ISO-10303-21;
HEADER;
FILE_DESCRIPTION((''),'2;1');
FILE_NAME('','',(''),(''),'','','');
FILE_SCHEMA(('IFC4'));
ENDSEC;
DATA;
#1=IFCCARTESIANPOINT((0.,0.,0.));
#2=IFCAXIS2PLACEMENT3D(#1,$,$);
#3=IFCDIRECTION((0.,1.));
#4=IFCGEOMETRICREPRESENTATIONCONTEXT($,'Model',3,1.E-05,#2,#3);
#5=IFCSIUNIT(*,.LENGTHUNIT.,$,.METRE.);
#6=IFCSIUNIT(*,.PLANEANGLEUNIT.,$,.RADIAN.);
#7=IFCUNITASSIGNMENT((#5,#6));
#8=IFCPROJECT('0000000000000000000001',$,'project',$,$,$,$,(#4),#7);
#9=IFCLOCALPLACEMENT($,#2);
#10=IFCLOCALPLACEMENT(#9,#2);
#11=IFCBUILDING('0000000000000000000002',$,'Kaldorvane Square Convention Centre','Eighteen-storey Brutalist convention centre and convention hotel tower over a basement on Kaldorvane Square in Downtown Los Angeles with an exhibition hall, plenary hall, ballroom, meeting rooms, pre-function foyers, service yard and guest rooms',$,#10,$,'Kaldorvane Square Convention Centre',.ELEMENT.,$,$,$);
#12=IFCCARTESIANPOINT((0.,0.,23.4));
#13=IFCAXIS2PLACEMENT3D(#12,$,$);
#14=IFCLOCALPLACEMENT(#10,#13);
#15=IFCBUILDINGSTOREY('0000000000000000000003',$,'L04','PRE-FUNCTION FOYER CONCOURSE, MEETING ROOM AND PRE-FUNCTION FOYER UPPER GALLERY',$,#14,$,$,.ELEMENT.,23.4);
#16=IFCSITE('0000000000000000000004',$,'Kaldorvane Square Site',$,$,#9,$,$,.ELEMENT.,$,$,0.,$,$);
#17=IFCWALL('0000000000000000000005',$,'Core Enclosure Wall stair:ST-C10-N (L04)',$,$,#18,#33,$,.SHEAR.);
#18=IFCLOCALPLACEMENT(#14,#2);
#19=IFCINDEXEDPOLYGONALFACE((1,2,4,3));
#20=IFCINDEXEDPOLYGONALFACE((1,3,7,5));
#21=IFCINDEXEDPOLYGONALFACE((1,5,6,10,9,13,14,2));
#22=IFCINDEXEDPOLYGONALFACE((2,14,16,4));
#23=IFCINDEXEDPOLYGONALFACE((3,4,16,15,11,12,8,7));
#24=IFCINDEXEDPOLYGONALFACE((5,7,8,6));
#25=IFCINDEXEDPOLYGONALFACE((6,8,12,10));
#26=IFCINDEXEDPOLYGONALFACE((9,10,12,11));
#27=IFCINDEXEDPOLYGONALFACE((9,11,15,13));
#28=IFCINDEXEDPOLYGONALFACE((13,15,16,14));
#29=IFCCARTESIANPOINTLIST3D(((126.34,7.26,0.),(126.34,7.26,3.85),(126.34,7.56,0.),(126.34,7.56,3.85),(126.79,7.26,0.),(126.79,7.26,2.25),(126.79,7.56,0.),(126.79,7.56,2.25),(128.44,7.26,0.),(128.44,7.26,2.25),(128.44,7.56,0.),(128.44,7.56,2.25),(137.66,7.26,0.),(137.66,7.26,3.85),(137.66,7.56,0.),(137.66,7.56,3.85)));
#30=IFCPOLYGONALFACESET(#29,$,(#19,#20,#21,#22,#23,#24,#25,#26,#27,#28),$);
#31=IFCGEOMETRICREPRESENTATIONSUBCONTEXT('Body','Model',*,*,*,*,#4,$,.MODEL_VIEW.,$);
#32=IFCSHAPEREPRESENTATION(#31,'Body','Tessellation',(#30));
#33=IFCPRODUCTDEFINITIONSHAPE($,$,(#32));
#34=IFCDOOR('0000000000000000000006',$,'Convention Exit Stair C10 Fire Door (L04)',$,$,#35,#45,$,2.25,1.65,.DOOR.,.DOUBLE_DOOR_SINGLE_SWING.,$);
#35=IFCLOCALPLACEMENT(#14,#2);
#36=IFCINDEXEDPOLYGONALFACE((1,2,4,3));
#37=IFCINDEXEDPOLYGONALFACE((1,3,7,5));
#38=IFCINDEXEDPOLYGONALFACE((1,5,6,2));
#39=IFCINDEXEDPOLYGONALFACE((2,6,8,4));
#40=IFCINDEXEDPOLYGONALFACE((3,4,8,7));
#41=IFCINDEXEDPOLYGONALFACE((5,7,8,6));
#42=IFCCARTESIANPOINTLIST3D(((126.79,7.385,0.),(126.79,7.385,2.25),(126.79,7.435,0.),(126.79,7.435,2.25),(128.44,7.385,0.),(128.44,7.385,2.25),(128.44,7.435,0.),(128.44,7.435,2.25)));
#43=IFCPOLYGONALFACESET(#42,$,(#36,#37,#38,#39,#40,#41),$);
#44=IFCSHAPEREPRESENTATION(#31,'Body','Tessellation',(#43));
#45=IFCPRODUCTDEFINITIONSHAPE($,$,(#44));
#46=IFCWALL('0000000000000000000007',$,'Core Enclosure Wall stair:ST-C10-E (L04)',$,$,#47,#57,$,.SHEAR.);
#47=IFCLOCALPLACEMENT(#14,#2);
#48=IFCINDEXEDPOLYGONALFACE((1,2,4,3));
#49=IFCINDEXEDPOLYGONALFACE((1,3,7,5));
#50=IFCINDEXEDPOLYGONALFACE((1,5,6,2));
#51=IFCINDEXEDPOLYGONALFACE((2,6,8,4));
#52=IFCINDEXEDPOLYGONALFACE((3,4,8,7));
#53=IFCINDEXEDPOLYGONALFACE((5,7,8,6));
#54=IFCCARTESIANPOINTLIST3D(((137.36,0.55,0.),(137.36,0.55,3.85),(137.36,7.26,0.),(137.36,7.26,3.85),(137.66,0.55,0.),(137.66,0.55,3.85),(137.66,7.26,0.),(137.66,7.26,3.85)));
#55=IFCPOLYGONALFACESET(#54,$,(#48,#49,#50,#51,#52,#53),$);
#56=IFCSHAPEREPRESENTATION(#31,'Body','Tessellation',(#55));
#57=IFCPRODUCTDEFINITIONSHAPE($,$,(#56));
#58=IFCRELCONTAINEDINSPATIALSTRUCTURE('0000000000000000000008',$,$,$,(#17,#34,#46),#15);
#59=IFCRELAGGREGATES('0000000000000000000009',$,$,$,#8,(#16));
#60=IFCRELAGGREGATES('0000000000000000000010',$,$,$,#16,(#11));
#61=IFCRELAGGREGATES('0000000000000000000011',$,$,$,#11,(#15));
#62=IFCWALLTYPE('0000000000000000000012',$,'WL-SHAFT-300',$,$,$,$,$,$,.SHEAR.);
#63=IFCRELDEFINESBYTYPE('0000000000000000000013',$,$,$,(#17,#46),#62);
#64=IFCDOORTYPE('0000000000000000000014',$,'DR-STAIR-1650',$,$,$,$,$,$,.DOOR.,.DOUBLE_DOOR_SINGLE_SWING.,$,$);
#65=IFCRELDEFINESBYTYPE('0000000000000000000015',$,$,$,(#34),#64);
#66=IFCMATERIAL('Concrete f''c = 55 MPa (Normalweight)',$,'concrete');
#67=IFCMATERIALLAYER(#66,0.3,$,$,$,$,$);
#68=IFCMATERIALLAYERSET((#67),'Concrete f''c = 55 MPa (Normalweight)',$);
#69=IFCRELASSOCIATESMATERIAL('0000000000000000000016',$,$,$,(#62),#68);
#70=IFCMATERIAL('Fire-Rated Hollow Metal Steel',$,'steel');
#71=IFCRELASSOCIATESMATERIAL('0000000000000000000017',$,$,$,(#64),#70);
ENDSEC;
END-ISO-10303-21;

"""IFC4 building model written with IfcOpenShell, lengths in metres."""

from ifc_helpers import new_model, si_unit, direction, frame, frame_2d, origin, place, context, subcontext, project, spatial, rectangle, extrude, material, layer, layer_set, type_object, element, fill, save


model = new_model("IFC4")

# Units and contexts
model_context = context("Model", 3, precision=1e-05, world=origin(), true_north=direction((0.0, 1.0)))
body_context = subcontext(model_context, "Body", "Model", "MODEL_VIEW")
ifc_project = project(units=[si_unit("LENGTHUNIT", "METRE"), si_unit("PLANEANGLEUNIT", "RADIAN")], contexts=[model_context])

# Site, building, storey
site_placement = place(None, origin())
site = spatial("IfcSite", under=ifc_project, at=site_placement, Name="Kaldorvane Square Site", CompositionType="ELEMENT", RefElevation=0.0)
building_placement = place(site_placement, origin())
building = spatial("IfcBuilding", under=site, at=building_placement, Name="Kaldorvane Square Convention Centre", Description="Eighteen-storey Brutalist convention centre and convention hotel tower over a basement on Kaldorvane Square in Downtown Los Angeles with an exhibition hall, plenary hall, ballroom, meeting rooms, pre-function foyers, service yard and guest rooms", LongName="Kaldorvane Square Convention Centre", CompositionType="ELEMENT")
storey_placement = place(building_placement, frame((0.0, 0.0, 23.4)))
storey = spatial("IfcBuildingStorey", under=building, at=storey_placement, Name="L04", Description="PRE-FUNCTION FOYER CONCOURSE, MEETING ROOM AND PRE-FUNCTION FOYER UPPER GALLERY", CompositionType="ELEMENT", Elevation=23.4)

# Shared definitions
ifc_material_1 = material(Name="Concrete f'c = 55 MPa (Normalweight)", Category="concrete")
ifc_layer_1 = layer(ifc_material_1, 0.3)
ifc_layer_set_1 = layer_set([ifc_layer_1], Name="Concrete f'c = 55 MPa (Normalweight)")
wall_type_1 = type_object("IfcWallType", Name="WL-SHAFT-300", PredefinedType="SHEAR", material=ifc_layer_set_1)

# Wall, opening, door
wall_1_placement = place(storey_placement, frame((137.66, 7.41, 0.0), z_axis=(0.0, 0.0, 1.0), x_axis=(-1.0, 0.0, 0.0)))
wall_1 = element("IfcWall", 1, at=wall_1_placement, inside=storey, type_object=wall_type_1, Name="Core Enclosure Wall stair:ST-C10-N (L04)", PredefinedType="SHEAR", context=body_context, shape_type="SweptSolid", body=[
    extrude(rectangle(XDim=11.32, YDim=0.3, at=frame_2d((5.66, 0.0))), origin(), (0.0, 0.0, 1.0), 3.85),
])
opening_1_placement = place(wall_1_placement, frame((9.22, 0.0, 0.0)))
opening_1 = element("IfcOpeningElement", 2, at=opening_1_placement, cuts=wall_1, PredefinedType="OPENING", context=body_context, shape_type="SweptSolid", body=[
    extrude(rectangle(XDim=1.65, YDim=2.25, at=frame_2d((0.825, 1.125))), frame((0.0, 0.165, 0.0), z_axis=(0.0, -1.0, 0.0), x_axis=(1.0, 0.0, 0.0)), (0.0, 0.0, 1.0), 0.33),
])
ifc_material_2 = material(Name="Fire-Rated Hollow Metal Steel", Category="steel")
door_type = type_object("IfcDoorType", Name="DR-STAIR-1650", OperationType="DOUBLE_DOOR_SINGLE_SWING", PredefinedType="DOOR", material=ifc_material_2)
door_placement = place(opening_1_placement, origin())
door = element("IfcDoor", 3, at=door_placement, inside=storey, type_object=door_type, Name="Convention Exit Stair C10 Fire Door (L04)", OperationType="DOUBLE_DOOR_SINGLE_SWING", OverallHeight=2.25, OverallWidth=1.65, PredefinedType="DOOR", context=body_context, shape_type="SweptSolid", body=[
    extrude(rectangle(XDim=1.65, YDim=2.25, at=frame_2d((0.825, 1.125))), frame((0.0, 0.025, 0.0), z_axis=(0.0, -1.0, 0.0), x_axis=(1.0, 0.0, 0.0)), (0.0, 0.0, 1.0), 0.05),
])
fill(opening_1, door)

# Wall
wall_2_placement = place(storey_placement, frame((137.51, 0.55, 0.0), z_axis=(0.0, 0.0, 1.0), x_axis=(0.0, 1.0, 0.0)))
element("IfcWall", 4, at=wall_2_placement, inside=storey, type_object=wall_type_1, Name="Core Enclosure Wall stair:ST-C10-E (L04)", PredefinedType="SHEAR", context=body_context, shape_type="SweptSolid", body=[
    extrude(rectangle(XDim=6.71, YDim=0.3, at=frame_2d((3.355, 0.0))), origin(), (0.0, 0.0, 1.0), 3.85),
])

save(model, "model.ifc")
